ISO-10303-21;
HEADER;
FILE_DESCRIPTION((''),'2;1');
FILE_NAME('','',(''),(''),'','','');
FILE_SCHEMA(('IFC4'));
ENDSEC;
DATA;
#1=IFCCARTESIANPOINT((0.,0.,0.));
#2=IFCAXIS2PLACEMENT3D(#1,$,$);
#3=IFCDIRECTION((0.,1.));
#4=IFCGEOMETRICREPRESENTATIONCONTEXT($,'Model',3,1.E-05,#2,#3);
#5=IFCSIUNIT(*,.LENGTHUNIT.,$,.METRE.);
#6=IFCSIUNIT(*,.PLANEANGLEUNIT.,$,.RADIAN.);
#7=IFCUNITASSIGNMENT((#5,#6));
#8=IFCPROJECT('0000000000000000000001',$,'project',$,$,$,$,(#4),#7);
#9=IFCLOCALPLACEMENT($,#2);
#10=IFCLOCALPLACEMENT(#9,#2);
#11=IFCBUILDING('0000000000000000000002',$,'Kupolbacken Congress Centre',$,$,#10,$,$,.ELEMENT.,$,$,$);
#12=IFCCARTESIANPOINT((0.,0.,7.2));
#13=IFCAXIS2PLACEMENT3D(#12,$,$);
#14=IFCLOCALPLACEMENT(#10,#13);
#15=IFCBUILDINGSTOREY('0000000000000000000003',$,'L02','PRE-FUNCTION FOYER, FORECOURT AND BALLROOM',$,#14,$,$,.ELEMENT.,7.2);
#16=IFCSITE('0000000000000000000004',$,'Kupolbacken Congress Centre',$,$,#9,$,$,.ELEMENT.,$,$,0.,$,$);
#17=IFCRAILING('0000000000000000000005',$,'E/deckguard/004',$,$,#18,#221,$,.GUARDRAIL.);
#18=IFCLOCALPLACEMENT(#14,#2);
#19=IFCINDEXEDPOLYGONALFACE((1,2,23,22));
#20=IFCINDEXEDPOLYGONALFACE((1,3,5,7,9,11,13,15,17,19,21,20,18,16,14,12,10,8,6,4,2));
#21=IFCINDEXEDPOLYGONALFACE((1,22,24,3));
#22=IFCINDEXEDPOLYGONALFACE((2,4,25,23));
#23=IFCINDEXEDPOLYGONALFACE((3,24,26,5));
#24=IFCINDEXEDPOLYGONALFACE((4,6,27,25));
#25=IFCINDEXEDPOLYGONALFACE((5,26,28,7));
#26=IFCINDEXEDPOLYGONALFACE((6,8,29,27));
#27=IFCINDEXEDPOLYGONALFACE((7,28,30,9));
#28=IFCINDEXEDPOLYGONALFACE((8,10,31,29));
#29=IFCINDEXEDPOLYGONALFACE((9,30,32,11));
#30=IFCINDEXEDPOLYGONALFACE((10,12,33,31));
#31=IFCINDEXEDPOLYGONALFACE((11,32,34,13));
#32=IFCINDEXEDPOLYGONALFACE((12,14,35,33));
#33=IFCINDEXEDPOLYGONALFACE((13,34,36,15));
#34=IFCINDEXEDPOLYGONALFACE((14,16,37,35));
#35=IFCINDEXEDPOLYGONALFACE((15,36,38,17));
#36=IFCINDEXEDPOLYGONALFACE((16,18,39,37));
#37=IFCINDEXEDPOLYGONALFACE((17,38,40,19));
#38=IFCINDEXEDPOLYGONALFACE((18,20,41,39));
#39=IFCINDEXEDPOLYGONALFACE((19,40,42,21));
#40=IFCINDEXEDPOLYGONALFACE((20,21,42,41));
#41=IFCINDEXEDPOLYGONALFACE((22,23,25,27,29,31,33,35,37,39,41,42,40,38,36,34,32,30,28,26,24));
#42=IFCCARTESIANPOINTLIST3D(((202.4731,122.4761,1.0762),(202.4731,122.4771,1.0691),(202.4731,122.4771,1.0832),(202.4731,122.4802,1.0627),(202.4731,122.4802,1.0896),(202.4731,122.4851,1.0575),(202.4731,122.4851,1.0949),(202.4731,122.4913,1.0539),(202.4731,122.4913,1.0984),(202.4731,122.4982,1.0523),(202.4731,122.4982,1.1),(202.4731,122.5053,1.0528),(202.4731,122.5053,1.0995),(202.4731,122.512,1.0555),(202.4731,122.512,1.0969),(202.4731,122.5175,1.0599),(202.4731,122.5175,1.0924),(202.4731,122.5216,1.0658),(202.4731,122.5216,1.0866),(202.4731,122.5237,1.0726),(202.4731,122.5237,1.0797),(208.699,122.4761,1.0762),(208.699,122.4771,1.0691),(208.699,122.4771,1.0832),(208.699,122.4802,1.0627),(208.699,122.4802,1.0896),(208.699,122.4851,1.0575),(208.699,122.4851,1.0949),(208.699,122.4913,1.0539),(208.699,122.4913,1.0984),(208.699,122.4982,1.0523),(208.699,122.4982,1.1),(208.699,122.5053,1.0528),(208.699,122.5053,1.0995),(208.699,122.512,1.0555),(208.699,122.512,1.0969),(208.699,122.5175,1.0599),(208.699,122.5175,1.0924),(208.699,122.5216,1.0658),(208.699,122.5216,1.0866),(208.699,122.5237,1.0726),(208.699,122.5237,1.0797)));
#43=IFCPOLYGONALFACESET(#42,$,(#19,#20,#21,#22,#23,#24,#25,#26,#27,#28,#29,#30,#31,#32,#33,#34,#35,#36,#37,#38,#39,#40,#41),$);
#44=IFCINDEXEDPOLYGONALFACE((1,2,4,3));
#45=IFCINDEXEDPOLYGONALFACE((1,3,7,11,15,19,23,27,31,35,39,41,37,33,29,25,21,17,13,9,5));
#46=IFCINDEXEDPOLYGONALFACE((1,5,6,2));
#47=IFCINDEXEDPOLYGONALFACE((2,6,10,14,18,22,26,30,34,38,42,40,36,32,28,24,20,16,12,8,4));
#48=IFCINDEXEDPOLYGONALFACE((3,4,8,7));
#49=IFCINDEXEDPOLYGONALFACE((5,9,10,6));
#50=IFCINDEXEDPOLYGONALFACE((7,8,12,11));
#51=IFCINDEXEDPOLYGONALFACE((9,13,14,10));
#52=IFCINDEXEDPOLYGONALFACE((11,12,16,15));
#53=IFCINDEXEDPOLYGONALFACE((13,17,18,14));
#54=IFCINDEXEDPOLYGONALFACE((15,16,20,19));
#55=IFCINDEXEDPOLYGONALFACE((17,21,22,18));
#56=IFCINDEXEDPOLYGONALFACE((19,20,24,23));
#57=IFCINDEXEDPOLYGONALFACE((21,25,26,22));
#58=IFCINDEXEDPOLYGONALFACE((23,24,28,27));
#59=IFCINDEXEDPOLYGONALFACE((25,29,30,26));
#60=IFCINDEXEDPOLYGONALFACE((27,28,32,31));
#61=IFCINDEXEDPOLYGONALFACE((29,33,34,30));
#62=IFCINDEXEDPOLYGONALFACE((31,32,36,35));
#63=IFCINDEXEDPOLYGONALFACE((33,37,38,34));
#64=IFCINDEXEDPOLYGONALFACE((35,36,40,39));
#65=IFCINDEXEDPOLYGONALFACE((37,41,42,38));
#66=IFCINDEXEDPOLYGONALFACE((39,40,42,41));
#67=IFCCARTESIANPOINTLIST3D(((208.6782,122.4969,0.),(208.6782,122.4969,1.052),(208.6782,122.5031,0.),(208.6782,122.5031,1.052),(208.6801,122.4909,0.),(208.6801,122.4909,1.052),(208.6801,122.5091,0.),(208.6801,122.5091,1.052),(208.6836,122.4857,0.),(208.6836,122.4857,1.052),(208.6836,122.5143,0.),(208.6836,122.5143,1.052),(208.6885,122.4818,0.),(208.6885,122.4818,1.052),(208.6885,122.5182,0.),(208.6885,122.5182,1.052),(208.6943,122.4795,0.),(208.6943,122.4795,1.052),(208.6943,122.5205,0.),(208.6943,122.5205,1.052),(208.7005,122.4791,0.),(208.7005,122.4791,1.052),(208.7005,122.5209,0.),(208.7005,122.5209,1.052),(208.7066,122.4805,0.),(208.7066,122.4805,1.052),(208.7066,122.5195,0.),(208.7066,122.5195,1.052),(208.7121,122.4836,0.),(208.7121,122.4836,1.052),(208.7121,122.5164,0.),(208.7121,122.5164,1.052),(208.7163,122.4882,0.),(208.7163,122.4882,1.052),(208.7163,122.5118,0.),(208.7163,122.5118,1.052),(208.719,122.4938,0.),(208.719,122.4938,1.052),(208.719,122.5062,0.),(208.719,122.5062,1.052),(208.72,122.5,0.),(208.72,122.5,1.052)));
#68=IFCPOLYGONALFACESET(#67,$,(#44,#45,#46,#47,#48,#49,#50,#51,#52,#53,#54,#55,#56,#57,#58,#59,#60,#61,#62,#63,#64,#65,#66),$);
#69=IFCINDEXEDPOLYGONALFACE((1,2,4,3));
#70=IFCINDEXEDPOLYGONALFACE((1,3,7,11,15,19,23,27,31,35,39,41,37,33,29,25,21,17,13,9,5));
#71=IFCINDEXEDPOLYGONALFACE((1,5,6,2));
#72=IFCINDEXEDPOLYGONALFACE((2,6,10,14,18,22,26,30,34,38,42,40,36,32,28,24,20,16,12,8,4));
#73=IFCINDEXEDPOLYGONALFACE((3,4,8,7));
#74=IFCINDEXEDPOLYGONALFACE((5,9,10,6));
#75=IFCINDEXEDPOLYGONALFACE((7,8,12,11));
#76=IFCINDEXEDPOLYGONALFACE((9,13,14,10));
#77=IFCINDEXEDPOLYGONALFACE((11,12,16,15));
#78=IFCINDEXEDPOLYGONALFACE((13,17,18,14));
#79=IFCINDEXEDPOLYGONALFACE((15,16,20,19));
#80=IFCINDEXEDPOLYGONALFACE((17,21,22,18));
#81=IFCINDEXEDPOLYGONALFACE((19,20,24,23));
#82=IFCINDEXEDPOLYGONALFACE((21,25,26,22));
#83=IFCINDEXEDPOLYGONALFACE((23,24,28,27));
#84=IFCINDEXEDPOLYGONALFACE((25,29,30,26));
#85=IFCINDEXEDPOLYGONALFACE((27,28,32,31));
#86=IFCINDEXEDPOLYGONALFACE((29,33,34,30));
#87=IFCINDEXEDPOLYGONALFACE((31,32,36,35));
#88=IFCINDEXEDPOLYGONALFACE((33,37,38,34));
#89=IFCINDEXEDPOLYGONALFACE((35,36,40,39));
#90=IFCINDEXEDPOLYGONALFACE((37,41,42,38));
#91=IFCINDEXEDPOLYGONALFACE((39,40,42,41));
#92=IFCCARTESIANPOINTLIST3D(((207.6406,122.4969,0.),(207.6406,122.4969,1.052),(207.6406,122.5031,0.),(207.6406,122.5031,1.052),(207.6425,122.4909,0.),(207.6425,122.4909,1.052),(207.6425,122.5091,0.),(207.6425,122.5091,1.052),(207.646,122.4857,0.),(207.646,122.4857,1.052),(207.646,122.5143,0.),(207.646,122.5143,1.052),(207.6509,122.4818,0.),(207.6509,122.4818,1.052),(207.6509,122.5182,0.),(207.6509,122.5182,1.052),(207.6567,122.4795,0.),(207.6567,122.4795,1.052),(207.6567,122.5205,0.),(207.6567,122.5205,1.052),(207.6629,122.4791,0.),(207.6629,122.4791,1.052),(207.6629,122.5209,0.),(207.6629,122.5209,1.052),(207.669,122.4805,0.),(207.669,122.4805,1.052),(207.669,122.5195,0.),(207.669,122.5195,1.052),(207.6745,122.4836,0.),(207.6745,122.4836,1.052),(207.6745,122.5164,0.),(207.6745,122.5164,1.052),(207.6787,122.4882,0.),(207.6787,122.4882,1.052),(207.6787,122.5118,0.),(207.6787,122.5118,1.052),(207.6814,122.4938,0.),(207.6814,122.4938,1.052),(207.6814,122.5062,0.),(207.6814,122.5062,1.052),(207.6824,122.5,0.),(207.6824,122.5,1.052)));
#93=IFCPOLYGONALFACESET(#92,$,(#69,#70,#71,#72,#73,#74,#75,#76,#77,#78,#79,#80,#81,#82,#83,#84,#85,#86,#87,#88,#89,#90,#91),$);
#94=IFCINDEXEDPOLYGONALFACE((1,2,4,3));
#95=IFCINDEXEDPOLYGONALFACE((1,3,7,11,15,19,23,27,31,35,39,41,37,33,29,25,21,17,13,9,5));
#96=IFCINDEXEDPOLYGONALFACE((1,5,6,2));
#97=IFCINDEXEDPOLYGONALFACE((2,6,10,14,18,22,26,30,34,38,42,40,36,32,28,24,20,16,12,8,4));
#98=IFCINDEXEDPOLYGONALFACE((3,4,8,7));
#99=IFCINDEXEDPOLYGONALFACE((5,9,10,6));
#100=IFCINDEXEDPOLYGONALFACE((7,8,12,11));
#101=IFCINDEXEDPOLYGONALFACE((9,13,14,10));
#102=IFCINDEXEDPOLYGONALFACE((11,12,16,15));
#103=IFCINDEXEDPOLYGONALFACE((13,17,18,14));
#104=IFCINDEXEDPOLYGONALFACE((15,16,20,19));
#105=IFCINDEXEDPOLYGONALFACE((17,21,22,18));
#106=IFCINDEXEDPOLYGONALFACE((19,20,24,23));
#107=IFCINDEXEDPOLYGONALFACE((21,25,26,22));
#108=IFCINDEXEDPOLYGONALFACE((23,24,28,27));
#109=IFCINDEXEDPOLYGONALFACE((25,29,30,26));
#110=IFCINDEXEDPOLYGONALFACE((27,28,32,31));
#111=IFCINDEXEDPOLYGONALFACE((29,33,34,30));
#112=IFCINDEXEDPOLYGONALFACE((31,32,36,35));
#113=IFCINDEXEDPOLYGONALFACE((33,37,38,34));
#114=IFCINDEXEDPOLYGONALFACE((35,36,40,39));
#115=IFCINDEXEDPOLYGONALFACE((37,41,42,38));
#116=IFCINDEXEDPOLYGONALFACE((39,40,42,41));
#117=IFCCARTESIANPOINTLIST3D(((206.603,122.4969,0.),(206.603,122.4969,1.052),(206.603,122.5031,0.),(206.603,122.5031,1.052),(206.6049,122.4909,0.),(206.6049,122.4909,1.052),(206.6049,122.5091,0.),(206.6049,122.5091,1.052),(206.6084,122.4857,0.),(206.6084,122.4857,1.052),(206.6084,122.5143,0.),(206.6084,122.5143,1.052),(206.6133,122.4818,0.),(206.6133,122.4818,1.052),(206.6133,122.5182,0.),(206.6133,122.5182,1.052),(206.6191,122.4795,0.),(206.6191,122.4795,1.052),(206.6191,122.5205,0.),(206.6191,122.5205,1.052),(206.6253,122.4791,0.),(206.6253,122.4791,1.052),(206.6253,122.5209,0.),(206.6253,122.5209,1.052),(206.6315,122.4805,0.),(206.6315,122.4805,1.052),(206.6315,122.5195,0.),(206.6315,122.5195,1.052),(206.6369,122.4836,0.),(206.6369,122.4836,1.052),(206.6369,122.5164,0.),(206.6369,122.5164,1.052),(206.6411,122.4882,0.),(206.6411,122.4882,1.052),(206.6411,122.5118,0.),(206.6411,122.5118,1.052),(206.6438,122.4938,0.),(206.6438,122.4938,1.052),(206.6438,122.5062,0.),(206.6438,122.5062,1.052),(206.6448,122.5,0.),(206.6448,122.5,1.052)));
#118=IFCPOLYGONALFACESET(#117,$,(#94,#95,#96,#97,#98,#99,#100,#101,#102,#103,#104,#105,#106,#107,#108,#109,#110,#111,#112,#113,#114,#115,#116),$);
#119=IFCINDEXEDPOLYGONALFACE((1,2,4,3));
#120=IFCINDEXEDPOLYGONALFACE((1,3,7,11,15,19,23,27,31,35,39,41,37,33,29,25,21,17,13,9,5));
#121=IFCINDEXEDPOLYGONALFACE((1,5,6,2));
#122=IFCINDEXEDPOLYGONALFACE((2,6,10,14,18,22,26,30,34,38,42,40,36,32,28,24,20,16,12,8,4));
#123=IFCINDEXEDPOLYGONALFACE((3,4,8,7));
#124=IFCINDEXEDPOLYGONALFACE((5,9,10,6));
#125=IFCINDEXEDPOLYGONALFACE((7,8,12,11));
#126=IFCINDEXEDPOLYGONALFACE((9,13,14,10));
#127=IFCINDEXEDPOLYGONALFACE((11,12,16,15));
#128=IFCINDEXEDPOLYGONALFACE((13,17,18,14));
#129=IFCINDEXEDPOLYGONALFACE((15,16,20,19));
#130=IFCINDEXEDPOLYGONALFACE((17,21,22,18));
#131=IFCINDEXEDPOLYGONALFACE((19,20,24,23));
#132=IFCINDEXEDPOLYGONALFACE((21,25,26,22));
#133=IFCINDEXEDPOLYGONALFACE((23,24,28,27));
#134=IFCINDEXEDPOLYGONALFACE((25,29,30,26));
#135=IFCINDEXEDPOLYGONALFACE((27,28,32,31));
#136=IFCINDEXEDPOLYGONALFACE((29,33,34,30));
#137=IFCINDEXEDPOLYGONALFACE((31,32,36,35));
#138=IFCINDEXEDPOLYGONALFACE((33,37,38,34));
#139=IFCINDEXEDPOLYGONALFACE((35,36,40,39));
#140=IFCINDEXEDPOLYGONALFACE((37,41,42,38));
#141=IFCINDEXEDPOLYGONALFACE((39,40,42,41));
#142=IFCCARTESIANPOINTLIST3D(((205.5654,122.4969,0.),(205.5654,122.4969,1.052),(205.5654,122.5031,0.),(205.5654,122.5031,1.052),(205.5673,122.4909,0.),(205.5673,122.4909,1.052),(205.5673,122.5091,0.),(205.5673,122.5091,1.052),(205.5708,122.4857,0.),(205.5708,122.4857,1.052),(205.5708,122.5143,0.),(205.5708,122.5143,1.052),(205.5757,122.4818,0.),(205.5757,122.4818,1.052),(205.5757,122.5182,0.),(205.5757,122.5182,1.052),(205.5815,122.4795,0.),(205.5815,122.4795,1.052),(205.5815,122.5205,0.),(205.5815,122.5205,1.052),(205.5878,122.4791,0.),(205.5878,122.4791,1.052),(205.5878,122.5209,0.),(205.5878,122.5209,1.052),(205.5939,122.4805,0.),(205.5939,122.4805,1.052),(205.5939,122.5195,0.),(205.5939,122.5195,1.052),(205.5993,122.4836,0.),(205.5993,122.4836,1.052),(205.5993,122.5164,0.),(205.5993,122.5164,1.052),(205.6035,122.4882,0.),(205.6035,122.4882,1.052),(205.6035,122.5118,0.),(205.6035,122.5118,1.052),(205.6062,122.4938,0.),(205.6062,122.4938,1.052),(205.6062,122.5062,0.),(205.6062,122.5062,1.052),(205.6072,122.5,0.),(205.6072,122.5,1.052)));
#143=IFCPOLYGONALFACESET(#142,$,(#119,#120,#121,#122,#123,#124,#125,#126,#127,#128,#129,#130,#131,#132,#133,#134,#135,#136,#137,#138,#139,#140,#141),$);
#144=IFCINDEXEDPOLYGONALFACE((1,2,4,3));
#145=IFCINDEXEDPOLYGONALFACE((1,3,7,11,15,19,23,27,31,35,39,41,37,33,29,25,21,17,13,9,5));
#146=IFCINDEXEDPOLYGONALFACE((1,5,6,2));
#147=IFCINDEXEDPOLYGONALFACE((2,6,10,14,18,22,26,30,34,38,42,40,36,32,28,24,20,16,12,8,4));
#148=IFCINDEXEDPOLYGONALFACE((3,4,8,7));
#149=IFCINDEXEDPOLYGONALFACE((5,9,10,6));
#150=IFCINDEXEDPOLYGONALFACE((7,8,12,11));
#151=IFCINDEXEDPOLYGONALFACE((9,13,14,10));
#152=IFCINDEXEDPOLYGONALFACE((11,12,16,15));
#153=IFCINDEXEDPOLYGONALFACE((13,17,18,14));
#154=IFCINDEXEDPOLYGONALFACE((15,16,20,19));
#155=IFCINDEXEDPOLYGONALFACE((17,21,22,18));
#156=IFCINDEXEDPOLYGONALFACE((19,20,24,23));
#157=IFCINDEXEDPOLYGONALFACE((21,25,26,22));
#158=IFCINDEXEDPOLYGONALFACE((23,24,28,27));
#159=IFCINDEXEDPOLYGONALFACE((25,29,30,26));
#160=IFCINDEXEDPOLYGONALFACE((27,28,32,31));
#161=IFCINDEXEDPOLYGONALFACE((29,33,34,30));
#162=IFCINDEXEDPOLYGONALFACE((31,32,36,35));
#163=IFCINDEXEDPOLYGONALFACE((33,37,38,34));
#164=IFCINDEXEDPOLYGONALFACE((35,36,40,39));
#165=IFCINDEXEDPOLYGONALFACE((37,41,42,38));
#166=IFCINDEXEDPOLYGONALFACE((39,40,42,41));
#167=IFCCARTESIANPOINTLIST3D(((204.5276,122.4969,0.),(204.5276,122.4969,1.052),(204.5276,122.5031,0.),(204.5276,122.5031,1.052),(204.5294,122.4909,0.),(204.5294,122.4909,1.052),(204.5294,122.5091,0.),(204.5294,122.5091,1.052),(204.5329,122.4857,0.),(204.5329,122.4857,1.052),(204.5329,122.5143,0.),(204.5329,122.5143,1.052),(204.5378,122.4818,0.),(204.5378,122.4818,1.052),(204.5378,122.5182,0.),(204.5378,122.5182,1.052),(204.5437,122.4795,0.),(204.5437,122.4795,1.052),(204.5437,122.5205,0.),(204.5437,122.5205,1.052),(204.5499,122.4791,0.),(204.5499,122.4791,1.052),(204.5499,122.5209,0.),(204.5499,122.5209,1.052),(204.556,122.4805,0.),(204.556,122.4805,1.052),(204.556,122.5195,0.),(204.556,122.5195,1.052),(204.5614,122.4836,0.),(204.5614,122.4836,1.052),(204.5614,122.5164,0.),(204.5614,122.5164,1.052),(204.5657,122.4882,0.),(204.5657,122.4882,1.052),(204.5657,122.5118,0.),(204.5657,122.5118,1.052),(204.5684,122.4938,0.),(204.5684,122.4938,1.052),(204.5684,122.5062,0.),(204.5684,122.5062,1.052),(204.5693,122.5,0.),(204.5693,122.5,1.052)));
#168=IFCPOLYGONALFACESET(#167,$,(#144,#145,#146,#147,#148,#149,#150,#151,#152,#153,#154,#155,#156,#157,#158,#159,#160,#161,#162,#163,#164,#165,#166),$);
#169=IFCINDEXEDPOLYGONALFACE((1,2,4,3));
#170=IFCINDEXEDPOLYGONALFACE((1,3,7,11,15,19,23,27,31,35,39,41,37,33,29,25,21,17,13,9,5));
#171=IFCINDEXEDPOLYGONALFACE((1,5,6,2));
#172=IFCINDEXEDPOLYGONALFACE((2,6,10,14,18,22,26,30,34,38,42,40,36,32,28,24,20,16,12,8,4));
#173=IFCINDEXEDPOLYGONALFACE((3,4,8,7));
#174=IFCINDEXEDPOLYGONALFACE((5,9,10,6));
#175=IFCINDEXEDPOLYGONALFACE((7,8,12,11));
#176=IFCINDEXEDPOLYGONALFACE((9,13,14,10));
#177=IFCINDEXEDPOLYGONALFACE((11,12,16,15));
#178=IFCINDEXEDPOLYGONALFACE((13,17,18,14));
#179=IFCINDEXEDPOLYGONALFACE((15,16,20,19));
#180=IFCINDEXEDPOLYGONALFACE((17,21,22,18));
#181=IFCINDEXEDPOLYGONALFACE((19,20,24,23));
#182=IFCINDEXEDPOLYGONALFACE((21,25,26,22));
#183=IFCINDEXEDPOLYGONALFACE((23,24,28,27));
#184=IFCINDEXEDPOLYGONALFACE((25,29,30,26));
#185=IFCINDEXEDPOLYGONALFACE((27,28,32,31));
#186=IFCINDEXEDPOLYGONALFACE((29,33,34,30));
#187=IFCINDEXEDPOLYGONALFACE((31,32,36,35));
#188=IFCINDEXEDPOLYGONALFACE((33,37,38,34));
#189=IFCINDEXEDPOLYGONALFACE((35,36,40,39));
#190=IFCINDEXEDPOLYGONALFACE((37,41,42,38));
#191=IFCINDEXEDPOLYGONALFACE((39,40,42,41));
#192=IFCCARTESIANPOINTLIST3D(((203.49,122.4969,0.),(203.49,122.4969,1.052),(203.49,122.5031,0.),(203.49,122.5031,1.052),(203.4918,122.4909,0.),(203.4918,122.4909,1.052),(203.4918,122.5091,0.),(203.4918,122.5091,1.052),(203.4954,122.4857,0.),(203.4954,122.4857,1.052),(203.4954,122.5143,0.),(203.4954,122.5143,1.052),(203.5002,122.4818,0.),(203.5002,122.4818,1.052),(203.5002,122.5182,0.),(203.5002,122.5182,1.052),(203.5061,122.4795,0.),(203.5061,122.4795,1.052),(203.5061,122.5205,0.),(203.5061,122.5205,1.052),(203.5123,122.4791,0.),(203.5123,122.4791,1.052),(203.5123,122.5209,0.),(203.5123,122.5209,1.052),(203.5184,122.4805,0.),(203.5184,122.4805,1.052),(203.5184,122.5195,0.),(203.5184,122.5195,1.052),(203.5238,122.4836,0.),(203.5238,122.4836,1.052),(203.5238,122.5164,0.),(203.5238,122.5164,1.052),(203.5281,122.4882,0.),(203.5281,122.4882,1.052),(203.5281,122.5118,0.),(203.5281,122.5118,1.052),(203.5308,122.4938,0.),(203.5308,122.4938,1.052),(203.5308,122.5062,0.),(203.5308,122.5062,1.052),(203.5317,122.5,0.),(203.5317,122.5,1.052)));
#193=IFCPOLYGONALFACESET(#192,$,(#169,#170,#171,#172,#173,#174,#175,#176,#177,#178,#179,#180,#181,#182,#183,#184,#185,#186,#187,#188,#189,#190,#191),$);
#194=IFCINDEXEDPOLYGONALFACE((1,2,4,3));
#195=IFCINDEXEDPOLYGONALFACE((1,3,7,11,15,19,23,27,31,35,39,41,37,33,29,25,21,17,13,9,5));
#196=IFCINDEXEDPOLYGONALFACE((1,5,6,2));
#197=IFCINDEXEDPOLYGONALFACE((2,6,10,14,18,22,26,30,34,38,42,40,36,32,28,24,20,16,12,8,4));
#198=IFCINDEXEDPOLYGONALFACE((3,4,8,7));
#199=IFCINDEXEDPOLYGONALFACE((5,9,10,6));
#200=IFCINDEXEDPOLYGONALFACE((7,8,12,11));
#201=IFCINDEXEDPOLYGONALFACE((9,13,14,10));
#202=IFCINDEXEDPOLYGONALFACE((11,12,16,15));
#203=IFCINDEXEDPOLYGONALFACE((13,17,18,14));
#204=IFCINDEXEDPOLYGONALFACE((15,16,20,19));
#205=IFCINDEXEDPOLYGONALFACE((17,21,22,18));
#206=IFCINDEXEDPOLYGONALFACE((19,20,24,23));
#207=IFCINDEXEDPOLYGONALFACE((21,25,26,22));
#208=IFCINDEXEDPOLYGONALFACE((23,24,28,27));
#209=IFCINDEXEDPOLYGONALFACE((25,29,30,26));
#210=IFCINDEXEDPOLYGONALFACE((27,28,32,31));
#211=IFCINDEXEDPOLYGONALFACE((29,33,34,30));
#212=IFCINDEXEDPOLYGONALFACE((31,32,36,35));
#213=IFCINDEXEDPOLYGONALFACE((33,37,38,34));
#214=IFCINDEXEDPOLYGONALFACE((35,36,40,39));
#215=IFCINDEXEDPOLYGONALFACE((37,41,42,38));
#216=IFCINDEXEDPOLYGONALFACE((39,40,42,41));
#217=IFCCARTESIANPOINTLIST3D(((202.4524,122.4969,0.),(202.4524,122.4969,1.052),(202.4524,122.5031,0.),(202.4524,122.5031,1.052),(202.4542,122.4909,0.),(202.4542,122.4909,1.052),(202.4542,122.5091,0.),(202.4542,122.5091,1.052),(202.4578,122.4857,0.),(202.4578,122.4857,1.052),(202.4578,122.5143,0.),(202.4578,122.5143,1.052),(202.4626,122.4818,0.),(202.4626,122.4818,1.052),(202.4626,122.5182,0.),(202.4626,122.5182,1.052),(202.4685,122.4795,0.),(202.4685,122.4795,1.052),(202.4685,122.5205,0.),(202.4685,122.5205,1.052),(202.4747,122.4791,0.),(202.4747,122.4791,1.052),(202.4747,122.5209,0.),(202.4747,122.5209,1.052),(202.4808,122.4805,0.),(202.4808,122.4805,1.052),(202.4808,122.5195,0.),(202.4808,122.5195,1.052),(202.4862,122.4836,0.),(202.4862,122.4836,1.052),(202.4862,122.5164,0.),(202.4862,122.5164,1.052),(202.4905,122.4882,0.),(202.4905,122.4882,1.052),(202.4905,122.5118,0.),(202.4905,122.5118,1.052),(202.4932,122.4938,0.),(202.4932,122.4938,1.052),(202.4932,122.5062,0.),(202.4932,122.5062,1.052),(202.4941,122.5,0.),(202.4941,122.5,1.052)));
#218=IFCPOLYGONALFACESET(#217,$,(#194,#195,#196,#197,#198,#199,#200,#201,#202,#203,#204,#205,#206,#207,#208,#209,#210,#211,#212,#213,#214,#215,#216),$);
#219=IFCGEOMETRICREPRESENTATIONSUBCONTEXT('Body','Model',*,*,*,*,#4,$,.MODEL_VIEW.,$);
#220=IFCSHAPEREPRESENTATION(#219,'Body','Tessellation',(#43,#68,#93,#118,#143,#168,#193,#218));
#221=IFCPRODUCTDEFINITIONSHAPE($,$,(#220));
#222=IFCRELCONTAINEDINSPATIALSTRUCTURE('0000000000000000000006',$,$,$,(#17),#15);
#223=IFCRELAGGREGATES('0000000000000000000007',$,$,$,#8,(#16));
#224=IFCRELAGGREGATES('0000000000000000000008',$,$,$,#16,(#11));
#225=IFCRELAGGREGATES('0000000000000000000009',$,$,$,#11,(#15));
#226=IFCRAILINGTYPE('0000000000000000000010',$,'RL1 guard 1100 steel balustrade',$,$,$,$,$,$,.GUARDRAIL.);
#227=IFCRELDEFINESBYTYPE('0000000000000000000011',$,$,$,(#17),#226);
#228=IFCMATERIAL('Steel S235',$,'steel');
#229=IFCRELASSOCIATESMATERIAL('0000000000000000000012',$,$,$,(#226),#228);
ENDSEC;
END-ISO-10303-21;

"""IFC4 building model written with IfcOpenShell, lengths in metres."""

from ifc_helpers import new_model, si_unit, direction, frame, origin, origin_2d, place, context, subcontext, project, spatial, circle, extrude, material, type_object, element, save


model = new_model("IFC4")

# Units and contexts
model_context = context("Model", 3, precision=1e-05, world=origin(), true_north=direction((0.0, 1.0)))
body_context = subcontext(model_context, "Body", "Model", "MODEL_VIEW")
ifc_project = project(units=[si_unit("LENGTHUNIT", "METRE"), si_unit("PLANEANGLEUNIT", "RADIAN")], contexts=[model_context])

# Site, building, storey
site_placement = place(None, origin())
site = spatial("IfcSite", under=ifc_project, at=site_placement, Name="Kupolbacken Congress Centre", CompositionType="ELEMENT", RefElevation=0.0)
building_placement = place(site_placement, origin())
building = spatial("IfcBuilding", under=site, at=building_placement, Name="Kupolbacken Congress Centre", CompositionType="ELEMENT")
storey_placement = place(building_placement, frame((0.0, 0.0, 7.2)))
storey = spatial("IfcBuildingStorey", under=building, at=storey_placement, Name="L02", Description="PRE-FUNCTION FOYER, FORECOURT AND BALLROOM", CompositionType="ELEMENT", Elevation=7.2)

# Railing
ifc_material_1 = material(Name="Steel S235", Category="steel")
railing_type = type_object("IfcRailingType", Name="RL1 guard 1100 steel balustrade", PredefinedType="GUARDRAIL", material=ifc_material_1)
railing_1_placement = place(storey_placement, frame((208.699, 122.5, 0.0)))
element("IfcRailing", 1, at=railing_1_placement, inside=storey, type_object=railing_type, Name="E/deckguard/004", PredefinedType="GUARDRAIL", context=body_context, shape_type="SweptSolid", body=[
    extrude(circle(Radius=0.0239, at=origin_2d()), frame((0.0, 0.0, 1.0762), z_axis=(-1.0, 0.0, 0.0), x_axis=(0.0, -1.0, 0.0)), (0.0, 0.0, 1.0), 6.2258),
    extrude(circle(Radius=0.021, at=origin_2d()), origin(), (0.0, 0.0, 1.0), 1.052),
    extrude(circle(Radius=0.021, at=origin_2d()), frame((-1.0376, 0.0, 0.0)), (0.0, 0.0, 1.0), 1.052),
    extrude(circle(Radius=0.021, at=origin_2d()), frame((-2.0752, 0.0, 0.0)), (0.0, 0.0, 1.0), 1.052),
    extrude(circle(Radius=0.021, at=origin_2d()), frame((-3.1128, 0.0, 0.0)), (0.0, 0.0, 1.0), 1.052),
    extrude(circle(Radius=0.021, at=origin_2d()), frame((-4.1506, 0.0, 0.0)), (0.0, 0.0, 1.0), 1.052),
    extrude(circle(Radius=0.021, at=origin_2d()), frame((-5.1882, 0.0, 0.0)), (0.0, 0.0, 1.0), 1.052),
    extrude(circle(Radius=0.021, at=origin_2d()), frame((-6.2258, 0.0, 0.0)), (0.0, 0.0, 1.0), 1.052),
])

save(model, "model.ifc")
